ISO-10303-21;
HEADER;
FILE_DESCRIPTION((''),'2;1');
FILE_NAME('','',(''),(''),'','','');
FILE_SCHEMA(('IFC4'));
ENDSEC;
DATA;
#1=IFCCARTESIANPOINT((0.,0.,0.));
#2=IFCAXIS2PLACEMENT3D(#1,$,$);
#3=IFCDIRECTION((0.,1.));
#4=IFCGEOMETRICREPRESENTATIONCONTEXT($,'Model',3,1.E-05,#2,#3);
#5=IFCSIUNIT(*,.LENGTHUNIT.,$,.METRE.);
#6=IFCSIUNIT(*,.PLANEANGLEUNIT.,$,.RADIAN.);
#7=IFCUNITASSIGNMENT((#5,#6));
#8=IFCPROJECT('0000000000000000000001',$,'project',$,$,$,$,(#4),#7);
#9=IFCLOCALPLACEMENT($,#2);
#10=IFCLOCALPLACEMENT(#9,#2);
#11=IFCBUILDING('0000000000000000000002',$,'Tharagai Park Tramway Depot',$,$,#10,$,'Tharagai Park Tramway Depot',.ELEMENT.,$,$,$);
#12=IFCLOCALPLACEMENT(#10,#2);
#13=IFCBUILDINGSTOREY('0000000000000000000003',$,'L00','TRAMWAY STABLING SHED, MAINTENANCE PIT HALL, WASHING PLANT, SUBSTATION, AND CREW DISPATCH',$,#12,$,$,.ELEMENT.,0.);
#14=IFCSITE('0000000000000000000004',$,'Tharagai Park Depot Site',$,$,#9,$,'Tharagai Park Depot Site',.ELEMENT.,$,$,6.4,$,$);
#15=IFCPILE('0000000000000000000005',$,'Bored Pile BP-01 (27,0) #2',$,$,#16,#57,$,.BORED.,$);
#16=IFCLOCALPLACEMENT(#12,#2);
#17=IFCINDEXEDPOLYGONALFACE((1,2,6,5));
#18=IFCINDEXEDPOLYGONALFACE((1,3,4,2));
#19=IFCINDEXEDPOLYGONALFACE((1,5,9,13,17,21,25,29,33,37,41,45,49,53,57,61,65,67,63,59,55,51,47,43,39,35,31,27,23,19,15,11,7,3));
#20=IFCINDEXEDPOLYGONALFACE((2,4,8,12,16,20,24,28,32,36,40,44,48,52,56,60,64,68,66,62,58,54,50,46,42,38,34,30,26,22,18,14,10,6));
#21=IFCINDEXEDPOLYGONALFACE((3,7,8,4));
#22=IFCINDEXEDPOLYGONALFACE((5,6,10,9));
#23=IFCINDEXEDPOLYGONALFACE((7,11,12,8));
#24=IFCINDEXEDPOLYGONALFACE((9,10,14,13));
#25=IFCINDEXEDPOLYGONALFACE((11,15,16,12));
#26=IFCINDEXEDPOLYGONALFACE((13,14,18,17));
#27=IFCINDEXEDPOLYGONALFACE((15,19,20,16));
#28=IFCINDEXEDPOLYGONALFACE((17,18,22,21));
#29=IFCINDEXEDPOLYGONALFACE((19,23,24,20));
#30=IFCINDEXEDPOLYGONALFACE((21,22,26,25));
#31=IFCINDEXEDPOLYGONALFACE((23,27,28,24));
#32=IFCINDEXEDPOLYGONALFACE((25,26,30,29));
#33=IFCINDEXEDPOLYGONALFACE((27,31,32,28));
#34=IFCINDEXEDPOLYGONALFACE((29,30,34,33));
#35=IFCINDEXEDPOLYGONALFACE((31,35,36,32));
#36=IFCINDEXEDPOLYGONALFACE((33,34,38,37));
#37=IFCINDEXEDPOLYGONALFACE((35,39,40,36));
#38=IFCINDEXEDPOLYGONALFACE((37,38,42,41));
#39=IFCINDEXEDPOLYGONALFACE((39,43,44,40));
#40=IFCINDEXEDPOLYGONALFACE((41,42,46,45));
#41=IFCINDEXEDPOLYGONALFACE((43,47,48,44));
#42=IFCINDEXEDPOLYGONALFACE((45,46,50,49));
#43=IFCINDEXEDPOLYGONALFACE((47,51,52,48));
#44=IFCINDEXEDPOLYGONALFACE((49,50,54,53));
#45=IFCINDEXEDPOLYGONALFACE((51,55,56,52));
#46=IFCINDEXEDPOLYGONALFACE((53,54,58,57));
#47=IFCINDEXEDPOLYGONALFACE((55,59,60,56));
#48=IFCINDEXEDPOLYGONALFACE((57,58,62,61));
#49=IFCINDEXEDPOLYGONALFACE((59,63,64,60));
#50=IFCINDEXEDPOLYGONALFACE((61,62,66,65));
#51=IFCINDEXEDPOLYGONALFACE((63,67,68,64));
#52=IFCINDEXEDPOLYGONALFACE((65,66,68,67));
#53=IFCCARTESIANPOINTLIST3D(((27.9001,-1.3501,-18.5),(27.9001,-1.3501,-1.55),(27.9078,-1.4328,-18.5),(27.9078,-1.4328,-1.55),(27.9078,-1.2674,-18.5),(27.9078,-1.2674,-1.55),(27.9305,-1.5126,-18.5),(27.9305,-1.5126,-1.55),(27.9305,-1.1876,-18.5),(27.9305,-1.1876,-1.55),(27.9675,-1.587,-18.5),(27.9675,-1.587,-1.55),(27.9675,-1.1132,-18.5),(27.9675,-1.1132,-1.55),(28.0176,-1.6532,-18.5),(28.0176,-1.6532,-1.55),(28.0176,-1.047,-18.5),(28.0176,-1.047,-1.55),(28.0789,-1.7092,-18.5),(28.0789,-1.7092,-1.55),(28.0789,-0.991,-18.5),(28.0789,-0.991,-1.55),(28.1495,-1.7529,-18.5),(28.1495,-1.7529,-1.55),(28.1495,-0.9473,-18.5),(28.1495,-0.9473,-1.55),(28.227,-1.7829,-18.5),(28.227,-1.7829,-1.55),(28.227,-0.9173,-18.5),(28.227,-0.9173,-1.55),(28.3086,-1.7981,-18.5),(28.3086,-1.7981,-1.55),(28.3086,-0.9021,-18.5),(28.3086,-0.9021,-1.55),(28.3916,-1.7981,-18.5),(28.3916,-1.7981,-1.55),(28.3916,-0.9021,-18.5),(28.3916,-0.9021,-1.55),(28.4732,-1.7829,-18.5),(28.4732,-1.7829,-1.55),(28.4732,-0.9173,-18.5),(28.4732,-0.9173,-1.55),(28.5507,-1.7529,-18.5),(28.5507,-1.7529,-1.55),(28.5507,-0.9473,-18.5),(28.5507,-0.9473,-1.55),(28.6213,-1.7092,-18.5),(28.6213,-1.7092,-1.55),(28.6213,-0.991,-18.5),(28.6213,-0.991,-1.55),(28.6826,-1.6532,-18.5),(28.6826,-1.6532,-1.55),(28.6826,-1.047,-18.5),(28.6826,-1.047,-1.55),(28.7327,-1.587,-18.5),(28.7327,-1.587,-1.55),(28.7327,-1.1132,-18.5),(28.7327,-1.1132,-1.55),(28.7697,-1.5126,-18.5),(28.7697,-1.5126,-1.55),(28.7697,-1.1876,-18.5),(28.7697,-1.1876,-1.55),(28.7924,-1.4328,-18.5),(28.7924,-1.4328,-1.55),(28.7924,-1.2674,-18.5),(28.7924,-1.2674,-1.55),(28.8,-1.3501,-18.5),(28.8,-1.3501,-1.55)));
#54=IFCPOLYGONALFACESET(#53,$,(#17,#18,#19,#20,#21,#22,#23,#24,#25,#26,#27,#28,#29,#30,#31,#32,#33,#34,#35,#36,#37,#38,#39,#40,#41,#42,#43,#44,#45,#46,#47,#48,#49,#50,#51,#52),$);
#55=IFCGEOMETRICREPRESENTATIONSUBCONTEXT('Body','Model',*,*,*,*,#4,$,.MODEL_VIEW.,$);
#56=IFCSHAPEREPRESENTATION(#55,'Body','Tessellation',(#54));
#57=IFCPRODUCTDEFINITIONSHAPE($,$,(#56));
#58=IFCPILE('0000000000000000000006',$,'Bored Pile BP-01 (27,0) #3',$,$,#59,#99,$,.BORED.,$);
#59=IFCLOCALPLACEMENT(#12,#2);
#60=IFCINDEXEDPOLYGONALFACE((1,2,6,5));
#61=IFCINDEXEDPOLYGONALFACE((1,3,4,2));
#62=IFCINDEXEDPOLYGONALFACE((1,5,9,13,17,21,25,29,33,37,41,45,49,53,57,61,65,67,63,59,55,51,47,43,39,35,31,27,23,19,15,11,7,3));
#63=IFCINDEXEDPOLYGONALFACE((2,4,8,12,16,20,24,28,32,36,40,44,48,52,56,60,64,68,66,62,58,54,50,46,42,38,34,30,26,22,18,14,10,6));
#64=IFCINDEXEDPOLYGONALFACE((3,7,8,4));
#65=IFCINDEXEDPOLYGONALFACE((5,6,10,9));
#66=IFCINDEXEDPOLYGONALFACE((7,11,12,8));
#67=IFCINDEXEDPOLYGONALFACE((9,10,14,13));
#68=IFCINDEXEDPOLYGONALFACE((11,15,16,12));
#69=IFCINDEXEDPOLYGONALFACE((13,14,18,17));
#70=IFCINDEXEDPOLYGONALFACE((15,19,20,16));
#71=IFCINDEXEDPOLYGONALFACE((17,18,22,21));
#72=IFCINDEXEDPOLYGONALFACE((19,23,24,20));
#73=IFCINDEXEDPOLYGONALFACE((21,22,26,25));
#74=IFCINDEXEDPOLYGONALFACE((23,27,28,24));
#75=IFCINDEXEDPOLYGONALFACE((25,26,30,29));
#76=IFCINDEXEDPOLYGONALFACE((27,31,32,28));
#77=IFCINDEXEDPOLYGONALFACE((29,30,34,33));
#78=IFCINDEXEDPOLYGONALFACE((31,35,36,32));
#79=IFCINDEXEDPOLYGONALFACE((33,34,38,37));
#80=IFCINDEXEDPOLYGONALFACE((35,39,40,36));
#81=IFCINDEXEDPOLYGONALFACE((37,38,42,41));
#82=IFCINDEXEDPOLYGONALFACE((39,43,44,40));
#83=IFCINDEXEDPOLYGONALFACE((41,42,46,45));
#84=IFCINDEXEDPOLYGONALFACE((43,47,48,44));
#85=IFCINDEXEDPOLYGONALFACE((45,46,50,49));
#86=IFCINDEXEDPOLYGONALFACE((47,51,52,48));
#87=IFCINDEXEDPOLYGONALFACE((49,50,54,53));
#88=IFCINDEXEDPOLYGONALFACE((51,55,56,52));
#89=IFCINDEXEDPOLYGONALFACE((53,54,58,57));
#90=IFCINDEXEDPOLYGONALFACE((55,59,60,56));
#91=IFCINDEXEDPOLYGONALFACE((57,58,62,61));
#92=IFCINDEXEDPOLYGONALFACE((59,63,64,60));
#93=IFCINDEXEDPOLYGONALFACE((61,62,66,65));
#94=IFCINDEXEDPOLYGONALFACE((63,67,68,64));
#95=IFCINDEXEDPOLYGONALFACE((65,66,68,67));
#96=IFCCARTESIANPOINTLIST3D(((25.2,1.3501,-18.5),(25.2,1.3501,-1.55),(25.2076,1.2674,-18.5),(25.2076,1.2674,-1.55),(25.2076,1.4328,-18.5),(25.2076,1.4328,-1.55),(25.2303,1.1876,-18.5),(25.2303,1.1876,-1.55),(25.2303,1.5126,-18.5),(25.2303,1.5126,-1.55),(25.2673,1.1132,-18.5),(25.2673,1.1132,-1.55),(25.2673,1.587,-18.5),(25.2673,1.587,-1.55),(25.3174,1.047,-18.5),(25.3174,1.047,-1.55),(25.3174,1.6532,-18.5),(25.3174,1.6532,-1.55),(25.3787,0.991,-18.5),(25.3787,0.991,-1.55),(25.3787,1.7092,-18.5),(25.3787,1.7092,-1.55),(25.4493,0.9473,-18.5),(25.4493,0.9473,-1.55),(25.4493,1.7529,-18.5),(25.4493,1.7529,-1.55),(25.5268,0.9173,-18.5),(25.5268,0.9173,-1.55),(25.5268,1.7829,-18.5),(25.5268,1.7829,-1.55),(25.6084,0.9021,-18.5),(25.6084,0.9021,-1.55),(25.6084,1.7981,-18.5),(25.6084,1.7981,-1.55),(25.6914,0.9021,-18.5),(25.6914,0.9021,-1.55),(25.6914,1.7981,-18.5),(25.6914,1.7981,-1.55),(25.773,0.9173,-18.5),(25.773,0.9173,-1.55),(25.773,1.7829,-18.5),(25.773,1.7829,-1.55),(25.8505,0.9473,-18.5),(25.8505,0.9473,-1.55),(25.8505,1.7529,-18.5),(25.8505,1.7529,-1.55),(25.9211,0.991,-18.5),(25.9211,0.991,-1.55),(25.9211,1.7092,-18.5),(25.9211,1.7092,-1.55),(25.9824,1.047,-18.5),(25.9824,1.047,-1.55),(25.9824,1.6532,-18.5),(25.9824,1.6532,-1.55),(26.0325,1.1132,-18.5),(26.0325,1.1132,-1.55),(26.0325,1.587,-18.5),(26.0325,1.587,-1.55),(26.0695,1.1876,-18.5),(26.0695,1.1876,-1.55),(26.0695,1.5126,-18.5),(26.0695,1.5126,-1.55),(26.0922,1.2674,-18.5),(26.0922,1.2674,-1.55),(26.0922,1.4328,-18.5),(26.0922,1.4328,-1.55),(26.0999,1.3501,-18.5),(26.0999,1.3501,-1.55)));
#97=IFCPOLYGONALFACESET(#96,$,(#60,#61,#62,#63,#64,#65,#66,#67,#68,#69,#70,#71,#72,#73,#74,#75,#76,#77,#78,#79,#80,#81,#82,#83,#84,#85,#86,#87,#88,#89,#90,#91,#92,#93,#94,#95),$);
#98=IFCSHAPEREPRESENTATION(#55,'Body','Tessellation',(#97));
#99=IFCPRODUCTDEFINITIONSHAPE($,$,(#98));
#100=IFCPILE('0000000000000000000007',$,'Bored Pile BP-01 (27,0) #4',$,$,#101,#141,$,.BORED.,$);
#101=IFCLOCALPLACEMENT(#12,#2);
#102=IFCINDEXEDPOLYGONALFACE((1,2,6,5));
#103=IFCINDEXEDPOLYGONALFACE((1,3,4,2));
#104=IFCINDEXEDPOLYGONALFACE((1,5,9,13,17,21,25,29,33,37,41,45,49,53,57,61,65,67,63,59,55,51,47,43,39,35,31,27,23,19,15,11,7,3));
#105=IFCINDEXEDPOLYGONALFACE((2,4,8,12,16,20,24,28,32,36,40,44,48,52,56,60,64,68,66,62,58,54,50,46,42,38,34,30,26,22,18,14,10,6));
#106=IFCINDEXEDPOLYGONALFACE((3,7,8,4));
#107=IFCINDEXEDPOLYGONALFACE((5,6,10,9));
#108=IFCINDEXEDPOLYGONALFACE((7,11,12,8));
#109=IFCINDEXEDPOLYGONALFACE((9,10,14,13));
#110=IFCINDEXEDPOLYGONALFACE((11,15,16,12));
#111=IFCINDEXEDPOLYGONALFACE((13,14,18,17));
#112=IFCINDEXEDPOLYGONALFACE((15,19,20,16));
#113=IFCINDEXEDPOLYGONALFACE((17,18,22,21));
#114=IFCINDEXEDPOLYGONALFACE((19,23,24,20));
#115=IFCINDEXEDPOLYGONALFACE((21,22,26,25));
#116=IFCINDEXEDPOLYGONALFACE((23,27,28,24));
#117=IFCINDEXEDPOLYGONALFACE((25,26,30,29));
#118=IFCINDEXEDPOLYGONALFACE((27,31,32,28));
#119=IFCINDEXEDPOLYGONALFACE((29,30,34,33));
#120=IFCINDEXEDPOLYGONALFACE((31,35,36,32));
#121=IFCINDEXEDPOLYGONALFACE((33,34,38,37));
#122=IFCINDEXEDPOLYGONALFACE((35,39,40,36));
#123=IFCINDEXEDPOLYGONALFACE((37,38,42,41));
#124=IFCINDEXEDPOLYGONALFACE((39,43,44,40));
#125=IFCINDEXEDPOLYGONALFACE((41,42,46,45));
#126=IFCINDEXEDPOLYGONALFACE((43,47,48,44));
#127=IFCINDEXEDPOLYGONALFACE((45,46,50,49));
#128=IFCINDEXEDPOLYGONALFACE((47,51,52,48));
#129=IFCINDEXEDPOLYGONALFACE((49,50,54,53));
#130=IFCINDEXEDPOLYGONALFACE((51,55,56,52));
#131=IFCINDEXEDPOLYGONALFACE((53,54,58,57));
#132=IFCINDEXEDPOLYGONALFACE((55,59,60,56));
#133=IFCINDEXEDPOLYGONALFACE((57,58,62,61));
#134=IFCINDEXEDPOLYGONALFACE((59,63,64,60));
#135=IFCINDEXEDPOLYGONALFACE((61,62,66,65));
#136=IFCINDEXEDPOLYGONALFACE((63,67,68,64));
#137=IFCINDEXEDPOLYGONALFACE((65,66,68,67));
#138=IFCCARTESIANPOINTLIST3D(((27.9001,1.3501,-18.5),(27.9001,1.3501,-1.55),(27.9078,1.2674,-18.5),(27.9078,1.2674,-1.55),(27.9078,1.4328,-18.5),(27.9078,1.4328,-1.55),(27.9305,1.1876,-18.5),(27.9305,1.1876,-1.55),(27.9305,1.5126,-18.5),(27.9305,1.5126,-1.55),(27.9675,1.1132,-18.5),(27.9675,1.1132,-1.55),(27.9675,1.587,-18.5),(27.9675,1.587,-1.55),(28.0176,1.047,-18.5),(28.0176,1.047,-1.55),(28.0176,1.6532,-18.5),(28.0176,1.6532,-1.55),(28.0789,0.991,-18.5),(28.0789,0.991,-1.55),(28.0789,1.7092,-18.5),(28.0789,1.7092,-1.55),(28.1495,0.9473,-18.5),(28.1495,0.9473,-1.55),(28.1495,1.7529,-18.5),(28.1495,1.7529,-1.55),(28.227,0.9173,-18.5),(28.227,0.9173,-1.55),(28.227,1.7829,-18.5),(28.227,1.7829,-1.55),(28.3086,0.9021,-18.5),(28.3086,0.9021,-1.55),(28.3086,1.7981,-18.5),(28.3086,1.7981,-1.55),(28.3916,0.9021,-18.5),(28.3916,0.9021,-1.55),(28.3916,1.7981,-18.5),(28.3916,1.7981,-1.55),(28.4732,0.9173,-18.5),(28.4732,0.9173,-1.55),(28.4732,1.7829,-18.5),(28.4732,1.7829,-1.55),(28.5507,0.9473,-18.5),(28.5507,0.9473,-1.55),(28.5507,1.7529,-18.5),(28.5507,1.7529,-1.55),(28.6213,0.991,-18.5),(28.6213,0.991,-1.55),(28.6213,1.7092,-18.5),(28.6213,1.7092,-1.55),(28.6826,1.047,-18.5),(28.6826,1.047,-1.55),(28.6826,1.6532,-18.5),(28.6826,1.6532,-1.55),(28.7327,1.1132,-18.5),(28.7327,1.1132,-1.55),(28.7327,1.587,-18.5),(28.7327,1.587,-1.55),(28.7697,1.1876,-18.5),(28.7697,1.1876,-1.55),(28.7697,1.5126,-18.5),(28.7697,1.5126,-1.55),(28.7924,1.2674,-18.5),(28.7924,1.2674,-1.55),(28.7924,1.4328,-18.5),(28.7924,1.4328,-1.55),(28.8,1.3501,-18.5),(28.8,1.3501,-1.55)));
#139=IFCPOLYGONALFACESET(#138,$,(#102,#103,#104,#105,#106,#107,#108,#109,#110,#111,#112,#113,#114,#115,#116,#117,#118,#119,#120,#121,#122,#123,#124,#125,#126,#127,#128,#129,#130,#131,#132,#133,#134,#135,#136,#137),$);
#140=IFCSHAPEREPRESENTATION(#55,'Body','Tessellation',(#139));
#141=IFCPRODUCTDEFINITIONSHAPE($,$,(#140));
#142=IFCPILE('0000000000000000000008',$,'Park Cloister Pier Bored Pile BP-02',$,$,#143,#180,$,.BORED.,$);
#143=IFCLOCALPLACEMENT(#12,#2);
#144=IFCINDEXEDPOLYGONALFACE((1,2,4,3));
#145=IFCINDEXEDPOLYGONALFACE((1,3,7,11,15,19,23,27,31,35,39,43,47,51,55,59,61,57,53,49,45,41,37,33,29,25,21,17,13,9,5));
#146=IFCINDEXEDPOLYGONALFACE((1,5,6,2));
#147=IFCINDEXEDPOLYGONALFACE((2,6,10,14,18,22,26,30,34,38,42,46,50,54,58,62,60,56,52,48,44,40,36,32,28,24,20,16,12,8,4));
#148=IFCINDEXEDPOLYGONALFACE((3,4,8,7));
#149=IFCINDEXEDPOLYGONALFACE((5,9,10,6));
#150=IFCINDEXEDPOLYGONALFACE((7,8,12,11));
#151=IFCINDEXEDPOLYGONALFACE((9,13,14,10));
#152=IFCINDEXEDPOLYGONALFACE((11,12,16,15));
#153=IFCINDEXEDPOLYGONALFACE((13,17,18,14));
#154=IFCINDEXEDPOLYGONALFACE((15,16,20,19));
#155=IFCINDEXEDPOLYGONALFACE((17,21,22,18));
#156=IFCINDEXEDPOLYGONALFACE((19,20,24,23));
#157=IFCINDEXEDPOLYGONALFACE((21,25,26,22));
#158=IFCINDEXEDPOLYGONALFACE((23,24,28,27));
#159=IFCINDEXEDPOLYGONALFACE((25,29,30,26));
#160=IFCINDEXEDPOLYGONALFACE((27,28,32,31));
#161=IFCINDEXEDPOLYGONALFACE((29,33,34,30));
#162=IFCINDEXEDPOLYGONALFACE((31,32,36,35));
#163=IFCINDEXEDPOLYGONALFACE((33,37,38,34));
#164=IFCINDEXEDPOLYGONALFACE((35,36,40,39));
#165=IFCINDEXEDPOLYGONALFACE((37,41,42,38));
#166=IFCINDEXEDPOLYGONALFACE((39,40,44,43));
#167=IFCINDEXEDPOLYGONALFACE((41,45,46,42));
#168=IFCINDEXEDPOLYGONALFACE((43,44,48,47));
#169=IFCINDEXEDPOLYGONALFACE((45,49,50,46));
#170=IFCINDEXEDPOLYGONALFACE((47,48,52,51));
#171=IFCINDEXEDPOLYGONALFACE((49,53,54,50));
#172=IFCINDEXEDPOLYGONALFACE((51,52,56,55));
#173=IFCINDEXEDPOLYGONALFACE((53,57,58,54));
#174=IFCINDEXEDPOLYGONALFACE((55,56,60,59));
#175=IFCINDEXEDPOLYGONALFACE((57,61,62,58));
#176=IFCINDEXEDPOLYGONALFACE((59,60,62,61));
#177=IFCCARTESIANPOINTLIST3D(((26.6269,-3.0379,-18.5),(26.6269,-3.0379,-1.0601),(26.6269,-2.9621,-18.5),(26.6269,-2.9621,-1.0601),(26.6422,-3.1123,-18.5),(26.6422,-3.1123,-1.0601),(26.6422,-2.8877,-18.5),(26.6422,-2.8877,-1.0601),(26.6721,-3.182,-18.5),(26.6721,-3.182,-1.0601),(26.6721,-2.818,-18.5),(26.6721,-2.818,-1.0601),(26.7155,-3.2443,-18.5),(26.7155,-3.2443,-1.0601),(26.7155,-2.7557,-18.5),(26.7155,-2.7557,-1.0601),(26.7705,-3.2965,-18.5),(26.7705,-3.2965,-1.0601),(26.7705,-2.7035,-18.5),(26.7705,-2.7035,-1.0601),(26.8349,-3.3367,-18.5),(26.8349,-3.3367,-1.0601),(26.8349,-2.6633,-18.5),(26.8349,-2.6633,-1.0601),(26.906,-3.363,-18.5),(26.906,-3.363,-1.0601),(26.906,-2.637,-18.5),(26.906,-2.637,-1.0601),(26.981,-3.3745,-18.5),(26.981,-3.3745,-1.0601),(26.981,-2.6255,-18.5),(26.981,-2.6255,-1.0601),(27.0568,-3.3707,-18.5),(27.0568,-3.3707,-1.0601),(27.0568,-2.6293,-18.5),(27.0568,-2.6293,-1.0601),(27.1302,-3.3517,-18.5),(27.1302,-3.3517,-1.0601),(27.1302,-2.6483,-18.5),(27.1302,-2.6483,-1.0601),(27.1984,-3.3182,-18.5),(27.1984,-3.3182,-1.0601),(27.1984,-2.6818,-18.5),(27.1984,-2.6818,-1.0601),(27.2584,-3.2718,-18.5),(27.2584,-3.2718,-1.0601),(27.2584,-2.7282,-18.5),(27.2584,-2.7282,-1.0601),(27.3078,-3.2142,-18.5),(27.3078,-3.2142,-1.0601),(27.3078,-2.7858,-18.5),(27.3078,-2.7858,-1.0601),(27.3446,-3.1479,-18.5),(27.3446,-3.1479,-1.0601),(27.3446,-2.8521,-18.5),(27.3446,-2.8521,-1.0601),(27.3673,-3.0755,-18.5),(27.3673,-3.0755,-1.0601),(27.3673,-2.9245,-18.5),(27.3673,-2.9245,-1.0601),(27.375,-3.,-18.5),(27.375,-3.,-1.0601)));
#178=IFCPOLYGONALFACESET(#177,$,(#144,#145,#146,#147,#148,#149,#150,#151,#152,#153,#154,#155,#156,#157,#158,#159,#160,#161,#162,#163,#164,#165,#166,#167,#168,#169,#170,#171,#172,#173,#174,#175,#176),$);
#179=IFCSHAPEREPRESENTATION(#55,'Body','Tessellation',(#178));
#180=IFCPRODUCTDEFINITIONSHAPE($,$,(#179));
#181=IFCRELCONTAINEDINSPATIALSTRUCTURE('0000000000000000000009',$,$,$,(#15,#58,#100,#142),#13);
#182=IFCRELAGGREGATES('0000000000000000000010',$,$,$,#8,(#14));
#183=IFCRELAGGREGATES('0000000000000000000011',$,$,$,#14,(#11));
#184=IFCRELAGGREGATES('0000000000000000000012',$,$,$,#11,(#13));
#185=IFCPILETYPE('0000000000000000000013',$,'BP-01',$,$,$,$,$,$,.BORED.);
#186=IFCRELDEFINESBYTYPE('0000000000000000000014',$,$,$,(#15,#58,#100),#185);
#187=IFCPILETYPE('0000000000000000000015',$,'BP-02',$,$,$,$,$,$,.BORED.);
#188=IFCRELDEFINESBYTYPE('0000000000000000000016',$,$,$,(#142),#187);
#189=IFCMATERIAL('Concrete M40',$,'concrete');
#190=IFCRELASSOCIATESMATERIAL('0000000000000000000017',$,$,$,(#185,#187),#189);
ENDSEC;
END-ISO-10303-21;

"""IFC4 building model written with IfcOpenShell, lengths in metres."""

from ifc_helpers import new_model, si_unit, direction, frame, origin, origin_2d, place, context, subcontext, project, spatial, circle, extrude, material, material_profile, profile_set, type_object, element, save


model = new_model("IFC4")

# Units and contexts
model_context = context("Model", 3, precision=1e-05, world=origin(), true_north=direction((0.0, 1.0)))
body_context = subcontext(model_context, "Body", "Model", "MODEL_VIEW")
ifc_project = project(units=[si_unit("LENGTHUNIT", "METRE"), si_unit("PLANEANGLEUNIT", "RADIAN")], contexts=[model_context])

# Site, building, storey
site_placement = place(None, origin())
site = spatial("IfcSite", under=ifc_project, at=site_placement, Name="Tharagai Park Depot Site", LongName="Tharagai Park Depot Site", CompositionType="ELEMENT", RefElevation=6.4)
building_placement = place(site_placement, origin())
building = spatial("IfcBuilding", under=site, at=building_placement, Name="Tharagai Park Tramway Depot", LongName="Tharagai Park Tramway Depot", CompositionType="ELEMENT")
storey_placement = place(building_placement, origin())
storey = spatial("IfcBuildingStorey", under=building, at=storey_placement, Name="L00", Description="TRAMWAY STABLING SHED, MAINTENANCE PIT HALL, WASHING PLANT, SUBSTATION, AND CREW DISPATCH", CompositionType="ELEMENT", Elevation=0.0)

# Piles
ifc_material_1 = material(Name="Concrete M40", Category="concrete")
ifc_material_profile_1 = material_profile(ifc_material_1, circle(Radius=0.45, at=origin_2d()), Name="PILE D900")
ifc_profile_set_1 = profile_set([ifc_material_profile_1], Name="Concrete M40")
pile_type_1 = type_object("IfcPileType", Name="BP-01", PredefinedType="BORED", material=ifc_profile_set_1)
for number, where, z_axis, x_axis, name in (
    (1, (28.3501, -1.3501, -1.55), (0.0, 0.0, -1.0), (1.0, 0.0, 0.0), "Bored Pile BP-01 (27,0) #2"),
    (2, (25.6499, 1.3501, -1.55), (0.0, 0.0, -1.0), (1.0, 0.0, 0.0), "Bored Pile BP-01 (27,0) #3"),
    (3, (28.3501, 1.3501, -1.55), (0.0, 0.0, -1.0), (1.0, 0.0, 0.0), "Bored Pile BP-01 (27,0) #4"),
):
    element("IfcPile", number, at=place(storey_placement, frame(where, z_axis=z_axis, x_axis=x_axis)), inside=storey, type_object=pile_type_1, Name=name, PredefinedType="BORED", context=body_context, shape_type="SweptSolid", body=[
        extrude(circle(Radius=0.45, at=origin_2d()), origin(), (0.0, 0.0, 1.0), 16.95),
    ])
ifc_material_profile_2 = material_profile(ifc_material_1, circle(Radius=0.375, at=origin_2d()), Name="PILE D750")
ifc_profile_set_2 = profile_set([ifc_material_profile_2], Name="Concrete M40")
pile_type_2 = type_object("IfcPileType", Name="BP-02", PredefinedType="BORED", material=ifc_profile_set_2)
for number, where, z_axis, x_axis, name in (
    (4, (27.0, -3.0, -1.0601), (0.0, 0.0, -1.0), (1.0, 0.0, 0.0), "Park Cloister Pier Bored Pile BP-02"),
):
    element("IfcPile", number, at=place(storey_placement, frame(where, z_axis=z_axis, x_axis=x_axis)), inside=storey, type_object=pile_type_2, Name=name, PredefinedType="BORED", context=body_context, shape_type="SweptSolid", body=[
        extrude(circle(Radius=0.375, at=origin_2d()), origin(), (0.0, 0.0, 1.0), 17.4399),
    ])

save(model, "model.ifc")
